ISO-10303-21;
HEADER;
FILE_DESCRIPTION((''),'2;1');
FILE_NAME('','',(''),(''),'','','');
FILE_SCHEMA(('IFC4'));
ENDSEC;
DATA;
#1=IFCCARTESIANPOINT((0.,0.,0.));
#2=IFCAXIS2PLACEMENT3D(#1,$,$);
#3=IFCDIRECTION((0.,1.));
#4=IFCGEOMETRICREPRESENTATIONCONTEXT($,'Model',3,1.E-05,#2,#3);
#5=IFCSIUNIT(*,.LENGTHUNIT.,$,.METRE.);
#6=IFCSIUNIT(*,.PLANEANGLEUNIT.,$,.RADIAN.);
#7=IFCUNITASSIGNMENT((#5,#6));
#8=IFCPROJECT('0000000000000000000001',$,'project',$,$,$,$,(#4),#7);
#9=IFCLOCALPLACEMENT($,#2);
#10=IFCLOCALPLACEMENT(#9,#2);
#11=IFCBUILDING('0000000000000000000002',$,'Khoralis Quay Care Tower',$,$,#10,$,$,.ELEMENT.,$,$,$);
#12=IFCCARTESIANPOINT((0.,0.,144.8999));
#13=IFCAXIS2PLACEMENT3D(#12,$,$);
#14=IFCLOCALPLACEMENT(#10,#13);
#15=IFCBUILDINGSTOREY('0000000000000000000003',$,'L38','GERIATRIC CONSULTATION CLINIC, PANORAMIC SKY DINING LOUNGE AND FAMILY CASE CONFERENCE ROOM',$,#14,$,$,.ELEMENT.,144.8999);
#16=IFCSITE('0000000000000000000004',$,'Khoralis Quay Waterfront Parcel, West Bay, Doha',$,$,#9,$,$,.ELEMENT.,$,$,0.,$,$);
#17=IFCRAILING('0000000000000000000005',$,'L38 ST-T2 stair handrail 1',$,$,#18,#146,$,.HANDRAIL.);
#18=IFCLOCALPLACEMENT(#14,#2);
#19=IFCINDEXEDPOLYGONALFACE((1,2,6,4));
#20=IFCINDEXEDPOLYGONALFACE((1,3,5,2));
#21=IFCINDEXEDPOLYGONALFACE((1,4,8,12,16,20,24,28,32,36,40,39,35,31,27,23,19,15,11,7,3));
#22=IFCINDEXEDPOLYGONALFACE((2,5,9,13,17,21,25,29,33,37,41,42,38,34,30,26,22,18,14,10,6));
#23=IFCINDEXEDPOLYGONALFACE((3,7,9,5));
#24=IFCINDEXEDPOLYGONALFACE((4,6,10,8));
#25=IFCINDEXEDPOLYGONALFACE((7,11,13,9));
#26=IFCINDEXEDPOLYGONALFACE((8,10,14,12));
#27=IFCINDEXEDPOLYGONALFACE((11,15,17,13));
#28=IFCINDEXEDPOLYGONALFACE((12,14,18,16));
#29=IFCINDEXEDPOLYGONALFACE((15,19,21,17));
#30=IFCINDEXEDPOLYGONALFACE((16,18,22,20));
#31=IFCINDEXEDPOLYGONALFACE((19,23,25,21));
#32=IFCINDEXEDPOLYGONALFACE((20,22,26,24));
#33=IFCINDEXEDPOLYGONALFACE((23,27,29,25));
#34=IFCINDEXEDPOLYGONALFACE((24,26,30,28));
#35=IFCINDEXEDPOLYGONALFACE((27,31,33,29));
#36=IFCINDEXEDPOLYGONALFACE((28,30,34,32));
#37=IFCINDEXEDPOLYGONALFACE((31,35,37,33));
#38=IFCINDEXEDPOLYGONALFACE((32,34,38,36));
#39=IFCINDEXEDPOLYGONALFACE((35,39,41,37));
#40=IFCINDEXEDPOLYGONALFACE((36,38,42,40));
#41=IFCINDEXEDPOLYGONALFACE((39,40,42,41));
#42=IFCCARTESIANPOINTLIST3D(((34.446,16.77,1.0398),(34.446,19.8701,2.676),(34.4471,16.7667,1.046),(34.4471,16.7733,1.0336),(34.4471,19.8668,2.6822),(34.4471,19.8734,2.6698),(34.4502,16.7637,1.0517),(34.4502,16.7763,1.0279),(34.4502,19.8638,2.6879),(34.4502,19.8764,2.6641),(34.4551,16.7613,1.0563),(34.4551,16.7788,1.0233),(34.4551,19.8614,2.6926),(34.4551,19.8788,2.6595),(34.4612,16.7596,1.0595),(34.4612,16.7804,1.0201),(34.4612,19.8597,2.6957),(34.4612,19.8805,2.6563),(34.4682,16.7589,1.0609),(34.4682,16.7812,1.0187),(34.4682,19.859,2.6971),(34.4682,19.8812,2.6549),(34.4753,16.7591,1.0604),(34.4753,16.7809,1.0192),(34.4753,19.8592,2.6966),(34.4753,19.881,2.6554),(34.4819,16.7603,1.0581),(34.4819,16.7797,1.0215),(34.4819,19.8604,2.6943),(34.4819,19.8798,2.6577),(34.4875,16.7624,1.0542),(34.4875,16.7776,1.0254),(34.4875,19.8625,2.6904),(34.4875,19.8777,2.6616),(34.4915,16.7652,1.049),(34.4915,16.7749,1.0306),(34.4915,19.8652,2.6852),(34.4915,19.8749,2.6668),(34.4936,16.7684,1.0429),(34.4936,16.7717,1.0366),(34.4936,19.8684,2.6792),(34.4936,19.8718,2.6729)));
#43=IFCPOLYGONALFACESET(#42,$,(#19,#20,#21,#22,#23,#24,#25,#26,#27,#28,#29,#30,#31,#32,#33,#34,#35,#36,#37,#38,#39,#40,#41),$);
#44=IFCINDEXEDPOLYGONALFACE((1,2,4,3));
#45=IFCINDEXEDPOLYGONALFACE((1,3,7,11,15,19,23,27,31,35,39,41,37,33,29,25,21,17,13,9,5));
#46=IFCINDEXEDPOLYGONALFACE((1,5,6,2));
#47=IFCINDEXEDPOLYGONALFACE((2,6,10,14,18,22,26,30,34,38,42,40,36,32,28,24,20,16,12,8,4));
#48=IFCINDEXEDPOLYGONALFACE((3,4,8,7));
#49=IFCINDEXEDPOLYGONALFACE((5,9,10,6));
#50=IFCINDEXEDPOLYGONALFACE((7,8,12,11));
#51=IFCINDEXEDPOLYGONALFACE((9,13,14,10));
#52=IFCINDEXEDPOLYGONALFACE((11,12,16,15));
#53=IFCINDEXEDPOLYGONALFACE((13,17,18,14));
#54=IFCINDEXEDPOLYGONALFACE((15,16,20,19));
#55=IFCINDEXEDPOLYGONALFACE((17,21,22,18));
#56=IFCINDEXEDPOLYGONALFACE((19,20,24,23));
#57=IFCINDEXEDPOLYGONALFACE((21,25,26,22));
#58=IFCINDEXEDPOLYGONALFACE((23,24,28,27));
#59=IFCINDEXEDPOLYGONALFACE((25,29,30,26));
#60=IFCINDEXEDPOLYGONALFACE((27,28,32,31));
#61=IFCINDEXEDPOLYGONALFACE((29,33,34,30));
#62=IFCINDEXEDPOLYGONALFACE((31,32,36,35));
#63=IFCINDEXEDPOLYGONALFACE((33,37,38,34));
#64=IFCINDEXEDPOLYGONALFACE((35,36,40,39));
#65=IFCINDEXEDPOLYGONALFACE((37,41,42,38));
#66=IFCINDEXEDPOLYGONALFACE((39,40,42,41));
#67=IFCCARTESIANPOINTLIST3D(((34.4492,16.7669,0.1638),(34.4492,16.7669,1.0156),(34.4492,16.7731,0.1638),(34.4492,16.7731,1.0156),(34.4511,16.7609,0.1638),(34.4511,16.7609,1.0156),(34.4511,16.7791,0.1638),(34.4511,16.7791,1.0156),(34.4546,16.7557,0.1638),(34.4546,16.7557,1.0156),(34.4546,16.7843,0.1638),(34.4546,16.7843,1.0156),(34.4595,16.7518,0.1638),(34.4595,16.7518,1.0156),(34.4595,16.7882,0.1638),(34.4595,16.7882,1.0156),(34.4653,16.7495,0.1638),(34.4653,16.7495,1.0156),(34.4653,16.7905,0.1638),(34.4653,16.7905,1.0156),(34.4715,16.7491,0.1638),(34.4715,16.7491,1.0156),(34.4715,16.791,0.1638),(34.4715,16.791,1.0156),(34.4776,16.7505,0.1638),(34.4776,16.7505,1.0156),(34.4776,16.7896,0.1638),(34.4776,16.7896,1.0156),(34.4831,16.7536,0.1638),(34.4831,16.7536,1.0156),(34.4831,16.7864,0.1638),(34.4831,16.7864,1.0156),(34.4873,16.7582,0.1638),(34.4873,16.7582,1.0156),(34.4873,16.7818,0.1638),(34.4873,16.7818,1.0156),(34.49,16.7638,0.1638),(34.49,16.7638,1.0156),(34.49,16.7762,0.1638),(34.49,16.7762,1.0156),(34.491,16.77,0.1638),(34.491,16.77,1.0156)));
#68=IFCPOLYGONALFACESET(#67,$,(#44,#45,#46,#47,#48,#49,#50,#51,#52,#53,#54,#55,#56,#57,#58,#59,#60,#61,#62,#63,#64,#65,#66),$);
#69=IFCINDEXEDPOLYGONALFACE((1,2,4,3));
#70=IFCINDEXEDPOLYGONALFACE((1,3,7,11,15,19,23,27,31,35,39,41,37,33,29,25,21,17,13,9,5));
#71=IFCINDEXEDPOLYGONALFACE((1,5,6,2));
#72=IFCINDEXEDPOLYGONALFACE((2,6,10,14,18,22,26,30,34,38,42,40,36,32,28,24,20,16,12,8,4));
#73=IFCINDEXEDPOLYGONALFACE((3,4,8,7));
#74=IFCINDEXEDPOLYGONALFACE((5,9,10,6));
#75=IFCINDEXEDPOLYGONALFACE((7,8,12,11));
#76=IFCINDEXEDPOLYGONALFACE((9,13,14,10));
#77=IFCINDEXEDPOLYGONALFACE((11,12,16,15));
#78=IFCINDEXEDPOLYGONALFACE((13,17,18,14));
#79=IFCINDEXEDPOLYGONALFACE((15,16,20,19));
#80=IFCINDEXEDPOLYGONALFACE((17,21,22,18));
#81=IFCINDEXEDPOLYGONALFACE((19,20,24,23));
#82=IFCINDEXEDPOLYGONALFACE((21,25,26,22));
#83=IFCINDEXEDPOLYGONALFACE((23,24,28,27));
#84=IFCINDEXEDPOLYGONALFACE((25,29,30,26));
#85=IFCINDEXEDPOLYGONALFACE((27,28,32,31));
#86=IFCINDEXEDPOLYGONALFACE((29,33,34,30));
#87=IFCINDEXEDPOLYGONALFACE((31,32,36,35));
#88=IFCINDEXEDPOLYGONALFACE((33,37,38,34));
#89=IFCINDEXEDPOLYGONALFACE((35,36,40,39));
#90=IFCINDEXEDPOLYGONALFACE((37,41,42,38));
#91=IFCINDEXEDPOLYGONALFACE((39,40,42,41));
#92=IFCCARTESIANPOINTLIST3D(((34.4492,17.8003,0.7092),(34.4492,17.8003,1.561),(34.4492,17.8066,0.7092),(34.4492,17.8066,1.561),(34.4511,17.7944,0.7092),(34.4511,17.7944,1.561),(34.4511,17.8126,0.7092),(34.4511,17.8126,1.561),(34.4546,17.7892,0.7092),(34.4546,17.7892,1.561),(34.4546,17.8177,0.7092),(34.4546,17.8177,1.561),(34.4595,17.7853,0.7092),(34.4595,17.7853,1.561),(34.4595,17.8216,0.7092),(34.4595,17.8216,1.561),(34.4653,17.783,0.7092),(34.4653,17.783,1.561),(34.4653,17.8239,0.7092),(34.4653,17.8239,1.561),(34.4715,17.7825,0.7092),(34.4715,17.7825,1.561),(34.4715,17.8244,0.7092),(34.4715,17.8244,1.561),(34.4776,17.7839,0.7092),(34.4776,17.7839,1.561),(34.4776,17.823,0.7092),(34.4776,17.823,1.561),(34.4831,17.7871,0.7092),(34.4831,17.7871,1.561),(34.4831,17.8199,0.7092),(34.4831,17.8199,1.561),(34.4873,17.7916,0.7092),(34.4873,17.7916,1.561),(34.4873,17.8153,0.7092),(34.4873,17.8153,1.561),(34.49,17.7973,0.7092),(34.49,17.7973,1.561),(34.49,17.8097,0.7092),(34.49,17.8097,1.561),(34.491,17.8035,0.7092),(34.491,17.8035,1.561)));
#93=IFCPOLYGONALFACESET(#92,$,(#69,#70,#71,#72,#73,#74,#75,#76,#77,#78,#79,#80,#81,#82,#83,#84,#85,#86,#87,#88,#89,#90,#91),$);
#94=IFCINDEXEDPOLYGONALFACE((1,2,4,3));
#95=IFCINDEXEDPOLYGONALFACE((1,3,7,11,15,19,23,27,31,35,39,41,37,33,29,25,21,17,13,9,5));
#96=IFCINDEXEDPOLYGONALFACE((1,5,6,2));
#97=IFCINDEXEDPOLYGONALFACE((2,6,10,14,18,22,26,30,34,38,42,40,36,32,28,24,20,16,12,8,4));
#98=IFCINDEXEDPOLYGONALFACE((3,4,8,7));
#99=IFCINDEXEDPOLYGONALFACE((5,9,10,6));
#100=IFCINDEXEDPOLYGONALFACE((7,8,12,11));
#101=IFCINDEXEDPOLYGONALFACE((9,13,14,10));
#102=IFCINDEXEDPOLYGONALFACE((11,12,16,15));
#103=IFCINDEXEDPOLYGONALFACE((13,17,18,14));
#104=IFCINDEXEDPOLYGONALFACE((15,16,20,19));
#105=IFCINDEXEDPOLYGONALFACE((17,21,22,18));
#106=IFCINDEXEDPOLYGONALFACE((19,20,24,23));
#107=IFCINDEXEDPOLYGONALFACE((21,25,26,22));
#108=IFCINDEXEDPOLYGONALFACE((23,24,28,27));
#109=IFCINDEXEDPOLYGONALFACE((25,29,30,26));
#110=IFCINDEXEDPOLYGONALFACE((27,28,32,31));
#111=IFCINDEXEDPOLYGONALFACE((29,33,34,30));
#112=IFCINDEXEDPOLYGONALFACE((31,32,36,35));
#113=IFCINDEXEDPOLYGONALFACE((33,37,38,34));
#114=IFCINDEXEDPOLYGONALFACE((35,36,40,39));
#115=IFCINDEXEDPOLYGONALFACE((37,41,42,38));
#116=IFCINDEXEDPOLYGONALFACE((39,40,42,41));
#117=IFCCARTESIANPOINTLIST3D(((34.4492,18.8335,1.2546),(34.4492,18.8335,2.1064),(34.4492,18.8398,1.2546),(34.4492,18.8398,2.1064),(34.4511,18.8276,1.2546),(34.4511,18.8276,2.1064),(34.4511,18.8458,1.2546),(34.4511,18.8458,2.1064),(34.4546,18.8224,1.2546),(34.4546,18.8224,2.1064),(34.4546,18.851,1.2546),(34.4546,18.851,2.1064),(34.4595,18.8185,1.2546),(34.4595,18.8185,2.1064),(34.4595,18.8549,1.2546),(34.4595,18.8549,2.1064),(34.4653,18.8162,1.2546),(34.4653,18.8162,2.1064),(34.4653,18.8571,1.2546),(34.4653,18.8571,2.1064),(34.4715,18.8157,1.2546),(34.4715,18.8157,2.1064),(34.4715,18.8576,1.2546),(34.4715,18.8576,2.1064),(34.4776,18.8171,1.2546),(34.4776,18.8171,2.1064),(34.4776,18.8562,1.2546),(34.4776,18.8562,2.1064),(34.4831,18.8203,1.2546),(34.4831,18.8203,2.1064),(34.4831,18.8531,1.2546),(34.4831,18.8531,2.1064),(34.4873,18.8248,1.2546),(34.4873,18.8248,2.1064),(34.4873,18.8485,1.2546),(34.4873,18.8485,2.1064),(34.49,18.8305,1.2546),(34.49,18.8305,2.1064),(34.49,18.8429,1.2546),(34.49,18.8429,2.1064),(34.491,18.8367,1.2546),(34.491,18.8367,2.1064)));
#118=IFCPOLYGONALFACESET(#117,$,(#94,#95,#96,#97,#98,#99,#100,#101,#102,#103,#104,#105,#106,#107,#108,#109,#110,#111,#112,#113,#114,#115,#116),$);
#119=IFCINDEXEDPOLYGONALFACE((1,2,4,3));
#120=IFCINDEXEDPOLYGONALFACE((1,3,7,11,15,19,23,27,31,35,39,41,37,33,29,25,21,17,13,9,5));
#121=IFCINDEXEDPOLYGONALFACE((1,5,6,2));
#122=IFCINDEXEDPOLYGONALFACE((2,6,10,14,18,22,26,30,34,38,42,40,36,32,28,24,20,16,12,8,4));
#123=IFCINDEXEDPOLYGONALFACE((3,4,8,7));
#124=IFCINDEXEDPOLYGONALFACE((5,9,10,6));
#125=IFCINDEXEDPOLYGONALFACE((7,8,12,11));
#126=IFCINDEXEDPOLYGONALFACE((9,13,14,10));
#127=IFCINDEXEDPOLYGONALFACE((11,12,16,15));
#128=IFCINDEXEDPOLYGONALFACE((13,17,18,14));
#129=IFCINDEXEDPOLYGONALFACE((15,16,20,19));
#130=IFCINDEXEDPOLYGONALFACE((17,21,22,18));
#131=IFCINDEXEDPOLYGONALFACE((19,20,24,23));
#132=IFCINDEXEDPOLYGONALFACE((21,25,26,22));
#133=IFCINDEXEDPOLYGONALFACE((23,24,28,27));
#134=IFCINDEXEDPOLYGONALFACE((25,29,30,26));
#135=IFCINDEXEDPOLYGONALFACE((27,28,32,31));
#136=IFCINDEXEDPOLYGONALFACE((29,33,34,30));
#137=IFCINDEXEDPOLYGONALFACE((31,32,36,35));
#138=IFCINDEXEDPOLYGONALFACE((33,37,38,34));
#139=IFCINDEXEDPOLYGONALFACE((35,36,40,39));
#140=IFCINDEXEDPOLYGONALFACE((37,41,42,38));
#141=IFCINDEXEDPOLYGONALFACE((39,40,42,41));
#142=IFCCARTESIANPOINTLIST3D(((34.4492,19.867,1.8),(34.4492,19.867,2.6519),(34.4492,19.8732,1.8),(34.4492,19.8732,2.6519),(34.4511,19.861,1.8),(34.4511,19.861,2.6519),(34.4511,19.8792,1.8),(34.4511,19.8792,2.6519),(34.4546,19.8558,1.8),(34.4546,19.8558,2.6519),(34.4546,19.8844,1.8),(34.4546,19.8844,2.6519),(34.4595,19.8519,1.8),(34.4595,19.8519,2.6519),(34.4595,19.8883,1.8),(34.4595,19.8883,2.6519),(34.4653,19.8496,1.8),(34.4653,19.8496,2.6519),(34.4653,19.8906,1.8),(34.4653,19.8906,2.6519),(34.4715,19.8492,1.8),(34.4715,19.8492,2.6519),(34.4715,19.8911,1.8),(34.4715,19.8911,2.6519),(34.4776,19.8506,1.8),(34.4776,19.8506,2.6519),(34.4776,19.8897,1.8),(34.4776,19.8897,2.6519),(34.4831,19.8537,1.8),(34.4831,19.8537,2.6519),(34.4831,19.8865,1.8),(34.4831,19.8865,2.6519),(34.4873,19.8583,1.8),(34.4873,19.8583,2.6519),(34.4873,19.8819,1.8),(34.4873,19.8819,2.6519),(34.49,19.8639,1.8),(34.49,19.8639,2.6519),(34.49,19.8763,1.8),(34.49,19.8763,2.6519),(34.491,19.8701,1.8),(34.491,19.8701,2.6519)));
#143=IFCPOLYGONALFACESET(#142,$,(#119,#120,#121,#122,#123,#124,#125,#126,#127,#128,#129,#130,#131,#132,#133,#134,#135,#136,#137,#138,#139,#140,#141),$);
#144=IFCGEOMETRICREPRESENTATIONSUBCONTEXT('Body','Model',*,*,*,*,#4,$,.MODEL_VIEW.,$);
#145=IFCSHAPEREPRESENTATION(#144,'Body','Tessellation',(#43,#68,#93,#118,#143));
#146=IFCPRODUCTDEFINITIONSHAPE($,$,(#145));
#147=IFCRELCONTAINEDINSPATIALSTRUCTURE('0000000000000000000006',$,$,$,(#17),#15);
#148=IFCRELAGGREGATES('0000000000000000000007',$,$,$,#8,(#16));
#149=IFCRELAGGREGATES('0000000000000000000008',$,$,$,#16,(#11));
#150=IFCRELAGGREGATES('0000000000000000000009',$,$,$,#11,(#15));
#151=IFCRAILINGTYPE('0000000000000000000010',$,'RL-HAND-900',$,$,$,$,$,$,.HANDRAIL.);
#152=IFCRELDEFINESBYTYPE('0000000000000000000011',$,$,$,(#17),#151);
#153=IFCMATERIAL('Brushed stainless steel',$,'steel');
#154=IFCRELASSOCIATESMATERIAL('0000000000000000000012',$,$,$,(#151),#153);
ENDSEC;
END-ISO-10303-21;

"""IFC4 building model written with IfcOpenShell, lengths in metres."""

from ifc_helpers import new_model, si_unit, direction, frame, origin, origin_2d, place, context, subcontext, project, spatial, circle, extrude, material, type_object, element, save


model = new_model("IFC4")

# Units and contexts
model_context = context("Model", 3, precision=1e-05, world=origin(), true_north=direction((0.0, 1.0)))
body_context = subcontext(model_context, "Body", "Model", "MODEL_VIEW")
ifc_project = project(units=[si_unit("LENGTHUNIT", "METRE"), si_unit("PLANEANGLEUNIT", "RADIAN")], contexts=[model_context])

# Site, building, storey
site_placement = place(None, origin())
site = spatial("IfcSite", under=ifc_project, at=site_placement, Name="Khoralis Quay Waterfront Parcel, West Bay, Doha", CompositionType="ELEMENT", RefElevation=0.0)
building_placement = place(site_placement, origin())
building = spatial("IfcBuilding", under=site, at=building_placement, Name="Khoralis Quay Care Tower", CompositionType="ELEMENT")
storey_placement = place(building_placement, frame((0.0, 0.0, 144.8999)))
storey = spatial("IfcBuildingStorey", under=building, at=storey_placement, Name="L38", Description="GERIATRIC CONSULTATION CLINIC, PANORAMIC SKY DINING LOUNGE AND FAMILY CASE CONFERENCE ROOM", CompositionType="ELEMENT", Elevation=144.8999)

# Railing
ifc_material_1 = material(Name="Brushed stainless steel", Category="steel")
railing_type_1 = type_object("IfcRailingType", Name="RL-HAND-900", PredefinedType="HANDRAIL", material=ifc_material_1)
railing_1_placement = place(storey_placement, frame((34.47, 16.77, 0.1638)))
element("IfcRailing", 1, at=railing_1_placement, inside=storey, type_object=railing_type_1, Name="L38 ST-T2 stair handrail 1", PredefinedType="HANDRAIL", context=body_context, shape_type="SweptSolid", body=[
    extrude(circle(Radius=0.0239, at=origin_2d()), frame((0.0, 0.0, 0.876), z_axis=(0.0, 0.884377, 0.466774), x_axis=(-1.0, 0.0, 0.0)), (0.0, 0.0, 1.0), 3.5054),
    extrude(circle(Radius=0.021, at=origin_2d()), origin(), (0.0, 0.0, 1.0), 0.8518),
    extrude(circle(Radius=0.021, at=origin_2d()), frame((0.0, 1.0334, 0.5454)), (0.0, 0.0, 1.0), 0.8518),
    extrude(circle(Radius=0.021, at=origin_2d()), frame((0.0, 2.0667, 1.0908)), (0.0, 0.0, 1.0), 0.8518),
    extrude(circle(Radius=0.021, at=origin_2d()), frame((0.0, 3.1001, 1.6362)), (0.0, 0.0, 1.0), 0.8518),
])

save(model, "model.ifc")
